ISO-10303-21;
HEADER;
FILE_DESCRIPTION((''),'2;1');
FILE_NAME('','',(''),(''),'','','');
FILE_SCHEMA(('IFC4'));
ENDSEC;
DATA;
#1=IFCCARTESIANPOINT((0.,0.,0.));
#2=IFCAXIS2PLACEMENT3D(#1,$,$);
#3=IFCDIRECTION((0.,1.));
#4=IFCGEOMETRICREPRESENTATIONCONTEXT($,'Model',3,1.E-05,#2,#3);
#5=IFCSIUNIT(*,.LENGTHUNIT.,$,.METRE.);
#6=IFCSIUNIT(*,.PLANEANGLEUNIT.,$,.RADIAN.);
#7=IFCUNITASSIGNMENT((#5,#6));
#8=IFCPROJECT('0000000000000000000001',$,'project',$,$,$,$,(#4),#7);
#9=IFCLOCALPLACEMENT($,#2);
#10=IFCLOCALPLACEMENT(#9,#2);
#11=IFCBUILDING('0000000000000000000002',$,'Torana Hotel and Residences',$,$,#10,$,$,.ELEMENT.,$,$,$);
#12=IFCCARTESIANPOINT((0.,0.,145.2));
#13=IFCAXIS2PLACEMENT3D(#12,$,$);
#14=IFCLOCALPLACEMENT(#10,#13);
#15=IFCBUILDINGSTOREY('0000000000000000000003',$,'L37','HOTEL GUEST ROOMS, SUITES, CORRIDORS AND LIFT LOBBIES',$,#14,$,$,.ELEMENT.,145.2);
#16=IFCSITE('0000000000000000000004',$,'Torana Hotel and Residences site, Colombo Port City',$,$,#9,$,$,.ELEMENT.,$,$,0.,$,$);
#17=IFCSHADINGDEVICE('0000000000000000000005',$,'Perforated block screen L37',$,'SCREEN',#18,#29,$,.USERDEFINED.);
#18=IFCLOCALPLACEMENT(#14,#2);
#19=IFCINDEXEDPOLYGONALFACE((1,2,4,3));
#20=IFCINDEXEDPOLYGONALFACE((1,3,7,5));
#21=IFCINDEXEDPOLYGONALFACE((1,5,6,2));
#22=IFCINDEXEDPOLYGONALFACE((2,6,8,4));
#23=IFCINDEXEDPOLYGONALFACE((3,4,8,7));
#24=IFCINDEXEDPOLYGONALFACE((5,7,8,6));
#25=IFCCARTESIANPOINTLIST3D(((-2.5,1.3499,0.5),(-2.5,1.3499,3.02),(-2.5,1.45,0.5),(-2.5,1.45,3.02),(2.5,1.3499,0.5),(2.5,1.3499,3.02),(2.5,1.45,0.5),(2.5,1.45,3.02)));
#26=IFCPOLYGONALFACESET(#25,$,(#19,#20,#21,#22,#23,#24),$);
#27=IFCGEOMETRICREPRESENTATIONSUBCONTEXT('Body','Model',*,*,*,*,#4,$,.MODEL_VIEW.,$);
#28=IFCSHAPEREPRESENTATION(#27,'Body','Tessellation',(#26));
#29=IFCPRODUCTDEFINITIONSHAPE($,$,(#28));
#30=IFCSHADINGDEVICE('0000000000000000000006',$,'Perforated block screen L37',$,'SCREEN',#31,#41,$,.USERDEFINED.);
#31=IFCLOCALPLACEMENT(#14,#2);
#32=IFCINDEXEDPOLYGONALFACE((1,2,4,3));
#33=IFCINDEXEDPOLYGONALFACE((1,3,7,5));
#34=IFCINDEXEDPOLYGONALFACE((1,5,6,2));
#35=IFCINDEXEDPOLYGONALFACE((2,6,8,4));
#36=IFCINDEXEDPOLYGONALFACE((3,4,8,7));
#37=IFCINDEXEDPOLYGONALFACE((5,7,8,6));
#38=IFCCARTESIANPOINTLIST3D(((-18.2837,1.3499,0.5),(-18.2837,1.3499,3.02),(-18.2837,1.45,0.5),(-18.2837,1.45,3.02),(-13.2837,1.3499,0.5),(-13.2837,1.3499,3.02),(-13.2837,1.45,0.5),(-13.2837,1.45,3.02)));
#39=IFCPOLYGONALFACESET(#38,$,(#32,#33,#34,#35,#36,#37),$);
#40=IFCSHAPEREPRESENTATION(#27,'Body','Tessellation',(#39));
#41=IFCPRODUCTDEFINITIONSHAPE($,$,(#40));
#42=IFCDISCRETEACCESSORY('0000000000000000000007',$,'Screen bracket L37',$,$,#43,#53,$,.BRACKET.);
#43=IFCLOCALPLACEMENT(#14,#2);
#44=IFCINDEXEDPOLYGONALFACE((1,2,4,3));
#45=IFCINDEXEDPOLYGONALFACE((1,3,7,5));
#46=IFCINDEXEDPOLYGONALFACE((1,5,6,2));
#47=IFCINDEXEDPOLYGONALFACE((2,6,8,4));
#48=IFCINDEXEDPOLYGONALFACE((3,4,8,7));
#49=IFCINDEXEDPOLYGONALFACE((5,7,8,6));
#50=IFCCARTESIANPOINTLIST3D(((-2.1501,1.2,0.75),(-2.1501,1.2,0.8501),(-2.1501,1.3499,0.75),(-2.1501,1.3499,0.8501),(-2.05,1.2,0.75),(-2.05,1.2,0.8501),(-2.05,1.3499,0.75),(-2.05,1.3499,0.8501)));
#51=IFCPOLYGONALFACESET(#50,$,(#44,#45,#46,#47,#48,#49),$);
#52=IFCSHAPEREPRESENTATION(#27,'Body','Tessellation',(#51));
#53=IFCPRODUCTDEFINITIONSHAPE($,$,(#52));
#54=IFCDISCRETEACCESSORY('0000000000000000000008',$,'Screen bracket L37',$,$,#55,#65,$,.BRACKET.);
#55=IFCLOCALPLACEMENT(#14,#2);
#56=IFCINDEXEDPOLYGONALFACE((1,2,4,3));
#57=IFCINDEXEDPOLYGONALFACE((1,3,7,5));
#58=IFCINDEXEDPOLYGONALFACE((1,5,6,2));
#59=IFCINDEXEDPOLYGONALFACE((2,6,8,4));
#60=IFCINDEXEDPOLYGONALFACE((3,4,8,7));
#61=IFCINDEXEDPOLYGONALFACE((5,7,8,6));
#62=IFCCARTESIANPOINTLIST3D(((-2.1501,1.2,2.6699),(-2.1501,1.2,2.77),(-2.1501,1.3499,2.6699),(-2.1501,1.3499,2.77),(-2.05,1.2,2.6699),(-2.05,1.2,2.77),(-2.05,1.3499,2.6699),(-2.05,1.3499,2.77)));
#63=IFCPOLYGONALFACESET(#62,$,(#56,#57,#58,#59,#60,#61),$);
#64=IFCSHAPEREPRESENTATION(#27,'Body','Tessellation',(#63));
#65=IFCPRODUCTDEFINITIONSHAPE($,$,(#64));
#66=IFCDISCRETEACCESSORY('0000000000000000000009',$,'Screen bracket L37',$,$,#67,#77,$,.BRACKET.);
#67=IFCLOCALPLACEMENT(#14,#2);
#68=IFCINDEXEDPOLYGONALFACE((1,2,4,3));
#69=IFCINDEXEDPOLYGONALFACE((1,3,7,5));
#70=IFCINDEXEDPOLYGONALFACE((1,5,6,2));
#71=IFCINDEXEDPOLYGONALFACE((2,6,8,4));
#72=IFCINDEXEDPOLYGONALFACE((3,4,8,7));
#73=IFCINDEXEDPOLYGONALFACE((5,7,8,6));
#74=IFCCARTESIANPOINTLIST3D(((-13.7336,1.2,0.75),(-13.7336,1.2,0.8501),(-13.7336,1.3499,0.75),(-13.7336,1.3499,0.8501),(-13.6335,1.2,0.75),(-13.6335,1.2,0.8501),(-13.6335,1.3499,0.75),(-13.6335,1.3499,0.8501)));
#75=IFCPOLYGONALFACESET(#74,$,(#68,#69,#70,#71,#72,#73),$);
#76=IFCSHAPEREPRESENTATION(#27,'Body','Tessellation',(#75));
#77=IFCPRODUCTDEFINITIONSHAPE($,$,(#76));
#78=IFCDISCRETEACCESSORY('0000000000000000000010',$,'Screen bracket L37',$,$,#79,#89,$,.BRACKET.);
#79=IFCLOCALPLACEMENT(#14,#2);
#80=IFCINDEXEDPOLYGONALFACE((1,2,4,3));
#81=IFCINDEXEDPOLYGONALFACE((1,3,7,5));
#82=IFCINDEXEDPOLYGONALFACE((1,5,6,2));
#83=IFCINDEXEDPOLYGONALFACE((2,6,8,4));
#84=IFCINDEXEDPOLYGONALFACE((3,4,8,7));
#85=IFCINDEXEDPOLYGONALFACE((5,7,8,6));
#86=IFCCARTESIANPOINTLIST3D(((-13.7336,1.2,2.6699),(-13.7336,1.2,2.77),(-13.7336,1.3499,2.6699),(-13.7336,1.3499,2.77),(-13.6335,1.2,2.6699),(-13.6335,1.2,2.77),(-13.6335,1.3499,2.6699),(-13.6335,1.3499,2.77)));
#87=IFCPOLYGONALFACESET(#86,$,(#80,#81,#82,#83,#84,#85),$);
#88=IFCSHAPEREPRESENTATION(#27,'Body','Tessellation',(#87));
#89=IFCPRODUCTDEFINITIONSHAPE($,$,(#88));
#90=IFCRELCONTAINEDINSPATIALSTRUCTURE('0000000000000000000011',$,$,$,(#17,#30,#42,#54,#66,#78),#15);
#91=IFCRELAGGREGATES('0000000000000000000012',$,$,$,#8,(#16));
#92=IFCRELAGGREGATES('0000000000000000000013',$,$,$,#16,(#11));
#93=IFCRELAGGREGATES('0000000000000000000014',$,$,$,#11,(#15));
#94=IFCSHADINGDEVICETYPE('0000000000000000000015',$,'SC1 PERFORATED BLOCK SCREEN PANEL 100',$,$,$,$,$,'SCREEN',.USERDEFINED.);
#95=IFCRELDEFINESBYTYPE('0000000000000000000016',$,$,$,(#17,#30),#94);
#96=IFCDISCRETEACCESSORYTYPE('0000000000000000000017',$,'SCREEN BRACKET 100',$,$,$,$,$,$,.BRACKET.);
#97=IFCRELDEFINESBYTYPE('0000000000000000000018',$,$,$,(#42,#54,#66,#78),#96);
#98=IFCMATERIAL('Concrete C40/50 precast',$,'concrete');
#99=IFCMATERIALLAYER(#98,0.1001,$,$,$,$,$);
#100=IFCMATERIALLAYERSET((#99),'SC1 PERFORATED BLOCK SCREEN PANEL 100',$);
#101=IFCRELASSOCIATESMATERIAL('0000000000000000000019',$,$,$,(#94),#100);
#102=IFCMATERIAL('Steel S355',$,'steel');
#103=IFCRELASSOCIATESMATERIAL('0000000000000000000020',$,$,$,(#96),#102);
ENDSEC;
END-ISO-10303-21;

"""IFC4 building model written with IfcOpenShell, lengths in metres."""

from ifc_helpers import new_model, si_unit, direction, frame, origin, origin_2d, place, context, subcontext, project, spatial, rectangle, extrude, material, layer, layer_set, type_object, element, save


model = new_model("IFC4")

# Units and contexts
model_context = context("Model", 3, precision=1e-05, world=origin(), true_north=direction((0.0, 1.0)))
body_context = subcontext(model_context, "Body", "Model", "MODEL_VIEW")
ifc_project = project(units=[si_unit("LENGTHUNIT", "METRE"), si_unit("PLANEANGLEUNIT", "RADIAN")], contexts=[model_context])

# Site, building, storey
site_placement = place(None, origin())
site = spatial("IfcSite", under=ifc_project, at=site_placement, Name="Torana Hotel and Residences site, Colombo Port City", CompositionType="ELEMENT", RefElevation=0.0)
building_placement = place(site_placement, origin())
building = spatial("IfcBuilding", under=site, at=building_placement, Name="Torana Hotel and Residences", CompositionType="ELEMENT")
storey_placement = place(building_placement, frame((0.0, 0.0, 145.2)))
storey = spatial("IfcBuildingStorey", under=building, at=storey_placement, Name="L37", Description="HOTEL GUEST ROOMS, SUITES, CORRIDORS AND LIFT LOBBIES", CompositionType="ELEMENT", Elevation=145.2)

# Shading devices
ifc_material_1 = material(Name="Concrete C40/50 precast", Category="concrete")
ifc_layer_1 = layer(ifc_material_1, 0.1001)
ifc_layer_set_1 = layer_set([ifc_layer_1], Name="SC1 PERFORATED BLOCK SCREEN PANEL 100")
shading_device_type = type_object("IfcShadingDeviceType", Name="SC1 PERFORATED BLOCK SCREEN PANEL 100", ElementType="SCREEN", PredefinedType="USERDEFINED", material=ifc_layer_set_1)
for number, where, z_axis, x_axis, name in (
    (1, (0.0, 1.3999, 0.5), (0.0, 0.0, 1.0), (-1.0, 0.0, 0.0), "Perforated block screen L37"),
    (2, (-15.7837, 1.3999, 0.5), (0.0, 0.0, 1.0), (-1.0, 0.0, 0.0), "Perforated block screen L37"),
):
    element("IfcShadingDevice", number, at=place(storey_placement, frame(where, z_axis=z_axis, x_axis=x_axis)), inside=storey, type_object=shading_device_type, Name=name, ObjectType="SCREEN", PredefinedType="USERDEFINED", context=body_context, shape_type="SweptSolid", body=[
        extrude(rectangle(XDim=5.0, YDim=0.1001, at=origin_2d()), origin(), (0.0, 0.0, 1.0), 2.52),
    ])

# Discrete accessories
ifc_material_2 = material(Name="Steel S355", Category="steel")
discrete_accessory_type = type_object("IfcDiscreteAccessoryType", Name="SCREEN BRACKET 100", PredefinedType="BRACKET", material=ifc_material_2)
for number, where, z_axis, x_axis, name in (
    (3, (-2.1001, 1.2749, 0.75), (0.0, 0.0, 1.0), (-1.0, 0.0, 0.0), "Screen bracket L37"),
    (4, (-2.1001, 1.2749, 2.6699), (0.0, 0.0, 1.0), (-1.0, 0.0, 0.0), "Screen bracket L37"),
    (5, (-13.6836, 1.2749, 0.75), (0.0, 0.0, 1.0), (-1.0, 0.0, 0.0), "Screen bracket L37"),
    (6, (-13.6836, 1.2749, 2.6699), (0.0, 0.0, 1.0), (-1.0, 0.0, 0.0), "Screen bracket L37"),
):
    element("IfcDiscreteAccessory", number, at=place(storey_placement, frame(where, z_axis=z_axis, x_axis=x_axis)), inside=storey, type_object=discrete_accessory_type, Name=name, PredefinedType="BRACKET", context=body_context, shape_type="SweptSolid", body=[
        extrude(rectangle(XDim=0.1001, YDim=0.1499, at=origin_2d()), origin(), (0.0, 0.0, 1.0), 0.1001),
    ])

save(model, "model.ifc")
